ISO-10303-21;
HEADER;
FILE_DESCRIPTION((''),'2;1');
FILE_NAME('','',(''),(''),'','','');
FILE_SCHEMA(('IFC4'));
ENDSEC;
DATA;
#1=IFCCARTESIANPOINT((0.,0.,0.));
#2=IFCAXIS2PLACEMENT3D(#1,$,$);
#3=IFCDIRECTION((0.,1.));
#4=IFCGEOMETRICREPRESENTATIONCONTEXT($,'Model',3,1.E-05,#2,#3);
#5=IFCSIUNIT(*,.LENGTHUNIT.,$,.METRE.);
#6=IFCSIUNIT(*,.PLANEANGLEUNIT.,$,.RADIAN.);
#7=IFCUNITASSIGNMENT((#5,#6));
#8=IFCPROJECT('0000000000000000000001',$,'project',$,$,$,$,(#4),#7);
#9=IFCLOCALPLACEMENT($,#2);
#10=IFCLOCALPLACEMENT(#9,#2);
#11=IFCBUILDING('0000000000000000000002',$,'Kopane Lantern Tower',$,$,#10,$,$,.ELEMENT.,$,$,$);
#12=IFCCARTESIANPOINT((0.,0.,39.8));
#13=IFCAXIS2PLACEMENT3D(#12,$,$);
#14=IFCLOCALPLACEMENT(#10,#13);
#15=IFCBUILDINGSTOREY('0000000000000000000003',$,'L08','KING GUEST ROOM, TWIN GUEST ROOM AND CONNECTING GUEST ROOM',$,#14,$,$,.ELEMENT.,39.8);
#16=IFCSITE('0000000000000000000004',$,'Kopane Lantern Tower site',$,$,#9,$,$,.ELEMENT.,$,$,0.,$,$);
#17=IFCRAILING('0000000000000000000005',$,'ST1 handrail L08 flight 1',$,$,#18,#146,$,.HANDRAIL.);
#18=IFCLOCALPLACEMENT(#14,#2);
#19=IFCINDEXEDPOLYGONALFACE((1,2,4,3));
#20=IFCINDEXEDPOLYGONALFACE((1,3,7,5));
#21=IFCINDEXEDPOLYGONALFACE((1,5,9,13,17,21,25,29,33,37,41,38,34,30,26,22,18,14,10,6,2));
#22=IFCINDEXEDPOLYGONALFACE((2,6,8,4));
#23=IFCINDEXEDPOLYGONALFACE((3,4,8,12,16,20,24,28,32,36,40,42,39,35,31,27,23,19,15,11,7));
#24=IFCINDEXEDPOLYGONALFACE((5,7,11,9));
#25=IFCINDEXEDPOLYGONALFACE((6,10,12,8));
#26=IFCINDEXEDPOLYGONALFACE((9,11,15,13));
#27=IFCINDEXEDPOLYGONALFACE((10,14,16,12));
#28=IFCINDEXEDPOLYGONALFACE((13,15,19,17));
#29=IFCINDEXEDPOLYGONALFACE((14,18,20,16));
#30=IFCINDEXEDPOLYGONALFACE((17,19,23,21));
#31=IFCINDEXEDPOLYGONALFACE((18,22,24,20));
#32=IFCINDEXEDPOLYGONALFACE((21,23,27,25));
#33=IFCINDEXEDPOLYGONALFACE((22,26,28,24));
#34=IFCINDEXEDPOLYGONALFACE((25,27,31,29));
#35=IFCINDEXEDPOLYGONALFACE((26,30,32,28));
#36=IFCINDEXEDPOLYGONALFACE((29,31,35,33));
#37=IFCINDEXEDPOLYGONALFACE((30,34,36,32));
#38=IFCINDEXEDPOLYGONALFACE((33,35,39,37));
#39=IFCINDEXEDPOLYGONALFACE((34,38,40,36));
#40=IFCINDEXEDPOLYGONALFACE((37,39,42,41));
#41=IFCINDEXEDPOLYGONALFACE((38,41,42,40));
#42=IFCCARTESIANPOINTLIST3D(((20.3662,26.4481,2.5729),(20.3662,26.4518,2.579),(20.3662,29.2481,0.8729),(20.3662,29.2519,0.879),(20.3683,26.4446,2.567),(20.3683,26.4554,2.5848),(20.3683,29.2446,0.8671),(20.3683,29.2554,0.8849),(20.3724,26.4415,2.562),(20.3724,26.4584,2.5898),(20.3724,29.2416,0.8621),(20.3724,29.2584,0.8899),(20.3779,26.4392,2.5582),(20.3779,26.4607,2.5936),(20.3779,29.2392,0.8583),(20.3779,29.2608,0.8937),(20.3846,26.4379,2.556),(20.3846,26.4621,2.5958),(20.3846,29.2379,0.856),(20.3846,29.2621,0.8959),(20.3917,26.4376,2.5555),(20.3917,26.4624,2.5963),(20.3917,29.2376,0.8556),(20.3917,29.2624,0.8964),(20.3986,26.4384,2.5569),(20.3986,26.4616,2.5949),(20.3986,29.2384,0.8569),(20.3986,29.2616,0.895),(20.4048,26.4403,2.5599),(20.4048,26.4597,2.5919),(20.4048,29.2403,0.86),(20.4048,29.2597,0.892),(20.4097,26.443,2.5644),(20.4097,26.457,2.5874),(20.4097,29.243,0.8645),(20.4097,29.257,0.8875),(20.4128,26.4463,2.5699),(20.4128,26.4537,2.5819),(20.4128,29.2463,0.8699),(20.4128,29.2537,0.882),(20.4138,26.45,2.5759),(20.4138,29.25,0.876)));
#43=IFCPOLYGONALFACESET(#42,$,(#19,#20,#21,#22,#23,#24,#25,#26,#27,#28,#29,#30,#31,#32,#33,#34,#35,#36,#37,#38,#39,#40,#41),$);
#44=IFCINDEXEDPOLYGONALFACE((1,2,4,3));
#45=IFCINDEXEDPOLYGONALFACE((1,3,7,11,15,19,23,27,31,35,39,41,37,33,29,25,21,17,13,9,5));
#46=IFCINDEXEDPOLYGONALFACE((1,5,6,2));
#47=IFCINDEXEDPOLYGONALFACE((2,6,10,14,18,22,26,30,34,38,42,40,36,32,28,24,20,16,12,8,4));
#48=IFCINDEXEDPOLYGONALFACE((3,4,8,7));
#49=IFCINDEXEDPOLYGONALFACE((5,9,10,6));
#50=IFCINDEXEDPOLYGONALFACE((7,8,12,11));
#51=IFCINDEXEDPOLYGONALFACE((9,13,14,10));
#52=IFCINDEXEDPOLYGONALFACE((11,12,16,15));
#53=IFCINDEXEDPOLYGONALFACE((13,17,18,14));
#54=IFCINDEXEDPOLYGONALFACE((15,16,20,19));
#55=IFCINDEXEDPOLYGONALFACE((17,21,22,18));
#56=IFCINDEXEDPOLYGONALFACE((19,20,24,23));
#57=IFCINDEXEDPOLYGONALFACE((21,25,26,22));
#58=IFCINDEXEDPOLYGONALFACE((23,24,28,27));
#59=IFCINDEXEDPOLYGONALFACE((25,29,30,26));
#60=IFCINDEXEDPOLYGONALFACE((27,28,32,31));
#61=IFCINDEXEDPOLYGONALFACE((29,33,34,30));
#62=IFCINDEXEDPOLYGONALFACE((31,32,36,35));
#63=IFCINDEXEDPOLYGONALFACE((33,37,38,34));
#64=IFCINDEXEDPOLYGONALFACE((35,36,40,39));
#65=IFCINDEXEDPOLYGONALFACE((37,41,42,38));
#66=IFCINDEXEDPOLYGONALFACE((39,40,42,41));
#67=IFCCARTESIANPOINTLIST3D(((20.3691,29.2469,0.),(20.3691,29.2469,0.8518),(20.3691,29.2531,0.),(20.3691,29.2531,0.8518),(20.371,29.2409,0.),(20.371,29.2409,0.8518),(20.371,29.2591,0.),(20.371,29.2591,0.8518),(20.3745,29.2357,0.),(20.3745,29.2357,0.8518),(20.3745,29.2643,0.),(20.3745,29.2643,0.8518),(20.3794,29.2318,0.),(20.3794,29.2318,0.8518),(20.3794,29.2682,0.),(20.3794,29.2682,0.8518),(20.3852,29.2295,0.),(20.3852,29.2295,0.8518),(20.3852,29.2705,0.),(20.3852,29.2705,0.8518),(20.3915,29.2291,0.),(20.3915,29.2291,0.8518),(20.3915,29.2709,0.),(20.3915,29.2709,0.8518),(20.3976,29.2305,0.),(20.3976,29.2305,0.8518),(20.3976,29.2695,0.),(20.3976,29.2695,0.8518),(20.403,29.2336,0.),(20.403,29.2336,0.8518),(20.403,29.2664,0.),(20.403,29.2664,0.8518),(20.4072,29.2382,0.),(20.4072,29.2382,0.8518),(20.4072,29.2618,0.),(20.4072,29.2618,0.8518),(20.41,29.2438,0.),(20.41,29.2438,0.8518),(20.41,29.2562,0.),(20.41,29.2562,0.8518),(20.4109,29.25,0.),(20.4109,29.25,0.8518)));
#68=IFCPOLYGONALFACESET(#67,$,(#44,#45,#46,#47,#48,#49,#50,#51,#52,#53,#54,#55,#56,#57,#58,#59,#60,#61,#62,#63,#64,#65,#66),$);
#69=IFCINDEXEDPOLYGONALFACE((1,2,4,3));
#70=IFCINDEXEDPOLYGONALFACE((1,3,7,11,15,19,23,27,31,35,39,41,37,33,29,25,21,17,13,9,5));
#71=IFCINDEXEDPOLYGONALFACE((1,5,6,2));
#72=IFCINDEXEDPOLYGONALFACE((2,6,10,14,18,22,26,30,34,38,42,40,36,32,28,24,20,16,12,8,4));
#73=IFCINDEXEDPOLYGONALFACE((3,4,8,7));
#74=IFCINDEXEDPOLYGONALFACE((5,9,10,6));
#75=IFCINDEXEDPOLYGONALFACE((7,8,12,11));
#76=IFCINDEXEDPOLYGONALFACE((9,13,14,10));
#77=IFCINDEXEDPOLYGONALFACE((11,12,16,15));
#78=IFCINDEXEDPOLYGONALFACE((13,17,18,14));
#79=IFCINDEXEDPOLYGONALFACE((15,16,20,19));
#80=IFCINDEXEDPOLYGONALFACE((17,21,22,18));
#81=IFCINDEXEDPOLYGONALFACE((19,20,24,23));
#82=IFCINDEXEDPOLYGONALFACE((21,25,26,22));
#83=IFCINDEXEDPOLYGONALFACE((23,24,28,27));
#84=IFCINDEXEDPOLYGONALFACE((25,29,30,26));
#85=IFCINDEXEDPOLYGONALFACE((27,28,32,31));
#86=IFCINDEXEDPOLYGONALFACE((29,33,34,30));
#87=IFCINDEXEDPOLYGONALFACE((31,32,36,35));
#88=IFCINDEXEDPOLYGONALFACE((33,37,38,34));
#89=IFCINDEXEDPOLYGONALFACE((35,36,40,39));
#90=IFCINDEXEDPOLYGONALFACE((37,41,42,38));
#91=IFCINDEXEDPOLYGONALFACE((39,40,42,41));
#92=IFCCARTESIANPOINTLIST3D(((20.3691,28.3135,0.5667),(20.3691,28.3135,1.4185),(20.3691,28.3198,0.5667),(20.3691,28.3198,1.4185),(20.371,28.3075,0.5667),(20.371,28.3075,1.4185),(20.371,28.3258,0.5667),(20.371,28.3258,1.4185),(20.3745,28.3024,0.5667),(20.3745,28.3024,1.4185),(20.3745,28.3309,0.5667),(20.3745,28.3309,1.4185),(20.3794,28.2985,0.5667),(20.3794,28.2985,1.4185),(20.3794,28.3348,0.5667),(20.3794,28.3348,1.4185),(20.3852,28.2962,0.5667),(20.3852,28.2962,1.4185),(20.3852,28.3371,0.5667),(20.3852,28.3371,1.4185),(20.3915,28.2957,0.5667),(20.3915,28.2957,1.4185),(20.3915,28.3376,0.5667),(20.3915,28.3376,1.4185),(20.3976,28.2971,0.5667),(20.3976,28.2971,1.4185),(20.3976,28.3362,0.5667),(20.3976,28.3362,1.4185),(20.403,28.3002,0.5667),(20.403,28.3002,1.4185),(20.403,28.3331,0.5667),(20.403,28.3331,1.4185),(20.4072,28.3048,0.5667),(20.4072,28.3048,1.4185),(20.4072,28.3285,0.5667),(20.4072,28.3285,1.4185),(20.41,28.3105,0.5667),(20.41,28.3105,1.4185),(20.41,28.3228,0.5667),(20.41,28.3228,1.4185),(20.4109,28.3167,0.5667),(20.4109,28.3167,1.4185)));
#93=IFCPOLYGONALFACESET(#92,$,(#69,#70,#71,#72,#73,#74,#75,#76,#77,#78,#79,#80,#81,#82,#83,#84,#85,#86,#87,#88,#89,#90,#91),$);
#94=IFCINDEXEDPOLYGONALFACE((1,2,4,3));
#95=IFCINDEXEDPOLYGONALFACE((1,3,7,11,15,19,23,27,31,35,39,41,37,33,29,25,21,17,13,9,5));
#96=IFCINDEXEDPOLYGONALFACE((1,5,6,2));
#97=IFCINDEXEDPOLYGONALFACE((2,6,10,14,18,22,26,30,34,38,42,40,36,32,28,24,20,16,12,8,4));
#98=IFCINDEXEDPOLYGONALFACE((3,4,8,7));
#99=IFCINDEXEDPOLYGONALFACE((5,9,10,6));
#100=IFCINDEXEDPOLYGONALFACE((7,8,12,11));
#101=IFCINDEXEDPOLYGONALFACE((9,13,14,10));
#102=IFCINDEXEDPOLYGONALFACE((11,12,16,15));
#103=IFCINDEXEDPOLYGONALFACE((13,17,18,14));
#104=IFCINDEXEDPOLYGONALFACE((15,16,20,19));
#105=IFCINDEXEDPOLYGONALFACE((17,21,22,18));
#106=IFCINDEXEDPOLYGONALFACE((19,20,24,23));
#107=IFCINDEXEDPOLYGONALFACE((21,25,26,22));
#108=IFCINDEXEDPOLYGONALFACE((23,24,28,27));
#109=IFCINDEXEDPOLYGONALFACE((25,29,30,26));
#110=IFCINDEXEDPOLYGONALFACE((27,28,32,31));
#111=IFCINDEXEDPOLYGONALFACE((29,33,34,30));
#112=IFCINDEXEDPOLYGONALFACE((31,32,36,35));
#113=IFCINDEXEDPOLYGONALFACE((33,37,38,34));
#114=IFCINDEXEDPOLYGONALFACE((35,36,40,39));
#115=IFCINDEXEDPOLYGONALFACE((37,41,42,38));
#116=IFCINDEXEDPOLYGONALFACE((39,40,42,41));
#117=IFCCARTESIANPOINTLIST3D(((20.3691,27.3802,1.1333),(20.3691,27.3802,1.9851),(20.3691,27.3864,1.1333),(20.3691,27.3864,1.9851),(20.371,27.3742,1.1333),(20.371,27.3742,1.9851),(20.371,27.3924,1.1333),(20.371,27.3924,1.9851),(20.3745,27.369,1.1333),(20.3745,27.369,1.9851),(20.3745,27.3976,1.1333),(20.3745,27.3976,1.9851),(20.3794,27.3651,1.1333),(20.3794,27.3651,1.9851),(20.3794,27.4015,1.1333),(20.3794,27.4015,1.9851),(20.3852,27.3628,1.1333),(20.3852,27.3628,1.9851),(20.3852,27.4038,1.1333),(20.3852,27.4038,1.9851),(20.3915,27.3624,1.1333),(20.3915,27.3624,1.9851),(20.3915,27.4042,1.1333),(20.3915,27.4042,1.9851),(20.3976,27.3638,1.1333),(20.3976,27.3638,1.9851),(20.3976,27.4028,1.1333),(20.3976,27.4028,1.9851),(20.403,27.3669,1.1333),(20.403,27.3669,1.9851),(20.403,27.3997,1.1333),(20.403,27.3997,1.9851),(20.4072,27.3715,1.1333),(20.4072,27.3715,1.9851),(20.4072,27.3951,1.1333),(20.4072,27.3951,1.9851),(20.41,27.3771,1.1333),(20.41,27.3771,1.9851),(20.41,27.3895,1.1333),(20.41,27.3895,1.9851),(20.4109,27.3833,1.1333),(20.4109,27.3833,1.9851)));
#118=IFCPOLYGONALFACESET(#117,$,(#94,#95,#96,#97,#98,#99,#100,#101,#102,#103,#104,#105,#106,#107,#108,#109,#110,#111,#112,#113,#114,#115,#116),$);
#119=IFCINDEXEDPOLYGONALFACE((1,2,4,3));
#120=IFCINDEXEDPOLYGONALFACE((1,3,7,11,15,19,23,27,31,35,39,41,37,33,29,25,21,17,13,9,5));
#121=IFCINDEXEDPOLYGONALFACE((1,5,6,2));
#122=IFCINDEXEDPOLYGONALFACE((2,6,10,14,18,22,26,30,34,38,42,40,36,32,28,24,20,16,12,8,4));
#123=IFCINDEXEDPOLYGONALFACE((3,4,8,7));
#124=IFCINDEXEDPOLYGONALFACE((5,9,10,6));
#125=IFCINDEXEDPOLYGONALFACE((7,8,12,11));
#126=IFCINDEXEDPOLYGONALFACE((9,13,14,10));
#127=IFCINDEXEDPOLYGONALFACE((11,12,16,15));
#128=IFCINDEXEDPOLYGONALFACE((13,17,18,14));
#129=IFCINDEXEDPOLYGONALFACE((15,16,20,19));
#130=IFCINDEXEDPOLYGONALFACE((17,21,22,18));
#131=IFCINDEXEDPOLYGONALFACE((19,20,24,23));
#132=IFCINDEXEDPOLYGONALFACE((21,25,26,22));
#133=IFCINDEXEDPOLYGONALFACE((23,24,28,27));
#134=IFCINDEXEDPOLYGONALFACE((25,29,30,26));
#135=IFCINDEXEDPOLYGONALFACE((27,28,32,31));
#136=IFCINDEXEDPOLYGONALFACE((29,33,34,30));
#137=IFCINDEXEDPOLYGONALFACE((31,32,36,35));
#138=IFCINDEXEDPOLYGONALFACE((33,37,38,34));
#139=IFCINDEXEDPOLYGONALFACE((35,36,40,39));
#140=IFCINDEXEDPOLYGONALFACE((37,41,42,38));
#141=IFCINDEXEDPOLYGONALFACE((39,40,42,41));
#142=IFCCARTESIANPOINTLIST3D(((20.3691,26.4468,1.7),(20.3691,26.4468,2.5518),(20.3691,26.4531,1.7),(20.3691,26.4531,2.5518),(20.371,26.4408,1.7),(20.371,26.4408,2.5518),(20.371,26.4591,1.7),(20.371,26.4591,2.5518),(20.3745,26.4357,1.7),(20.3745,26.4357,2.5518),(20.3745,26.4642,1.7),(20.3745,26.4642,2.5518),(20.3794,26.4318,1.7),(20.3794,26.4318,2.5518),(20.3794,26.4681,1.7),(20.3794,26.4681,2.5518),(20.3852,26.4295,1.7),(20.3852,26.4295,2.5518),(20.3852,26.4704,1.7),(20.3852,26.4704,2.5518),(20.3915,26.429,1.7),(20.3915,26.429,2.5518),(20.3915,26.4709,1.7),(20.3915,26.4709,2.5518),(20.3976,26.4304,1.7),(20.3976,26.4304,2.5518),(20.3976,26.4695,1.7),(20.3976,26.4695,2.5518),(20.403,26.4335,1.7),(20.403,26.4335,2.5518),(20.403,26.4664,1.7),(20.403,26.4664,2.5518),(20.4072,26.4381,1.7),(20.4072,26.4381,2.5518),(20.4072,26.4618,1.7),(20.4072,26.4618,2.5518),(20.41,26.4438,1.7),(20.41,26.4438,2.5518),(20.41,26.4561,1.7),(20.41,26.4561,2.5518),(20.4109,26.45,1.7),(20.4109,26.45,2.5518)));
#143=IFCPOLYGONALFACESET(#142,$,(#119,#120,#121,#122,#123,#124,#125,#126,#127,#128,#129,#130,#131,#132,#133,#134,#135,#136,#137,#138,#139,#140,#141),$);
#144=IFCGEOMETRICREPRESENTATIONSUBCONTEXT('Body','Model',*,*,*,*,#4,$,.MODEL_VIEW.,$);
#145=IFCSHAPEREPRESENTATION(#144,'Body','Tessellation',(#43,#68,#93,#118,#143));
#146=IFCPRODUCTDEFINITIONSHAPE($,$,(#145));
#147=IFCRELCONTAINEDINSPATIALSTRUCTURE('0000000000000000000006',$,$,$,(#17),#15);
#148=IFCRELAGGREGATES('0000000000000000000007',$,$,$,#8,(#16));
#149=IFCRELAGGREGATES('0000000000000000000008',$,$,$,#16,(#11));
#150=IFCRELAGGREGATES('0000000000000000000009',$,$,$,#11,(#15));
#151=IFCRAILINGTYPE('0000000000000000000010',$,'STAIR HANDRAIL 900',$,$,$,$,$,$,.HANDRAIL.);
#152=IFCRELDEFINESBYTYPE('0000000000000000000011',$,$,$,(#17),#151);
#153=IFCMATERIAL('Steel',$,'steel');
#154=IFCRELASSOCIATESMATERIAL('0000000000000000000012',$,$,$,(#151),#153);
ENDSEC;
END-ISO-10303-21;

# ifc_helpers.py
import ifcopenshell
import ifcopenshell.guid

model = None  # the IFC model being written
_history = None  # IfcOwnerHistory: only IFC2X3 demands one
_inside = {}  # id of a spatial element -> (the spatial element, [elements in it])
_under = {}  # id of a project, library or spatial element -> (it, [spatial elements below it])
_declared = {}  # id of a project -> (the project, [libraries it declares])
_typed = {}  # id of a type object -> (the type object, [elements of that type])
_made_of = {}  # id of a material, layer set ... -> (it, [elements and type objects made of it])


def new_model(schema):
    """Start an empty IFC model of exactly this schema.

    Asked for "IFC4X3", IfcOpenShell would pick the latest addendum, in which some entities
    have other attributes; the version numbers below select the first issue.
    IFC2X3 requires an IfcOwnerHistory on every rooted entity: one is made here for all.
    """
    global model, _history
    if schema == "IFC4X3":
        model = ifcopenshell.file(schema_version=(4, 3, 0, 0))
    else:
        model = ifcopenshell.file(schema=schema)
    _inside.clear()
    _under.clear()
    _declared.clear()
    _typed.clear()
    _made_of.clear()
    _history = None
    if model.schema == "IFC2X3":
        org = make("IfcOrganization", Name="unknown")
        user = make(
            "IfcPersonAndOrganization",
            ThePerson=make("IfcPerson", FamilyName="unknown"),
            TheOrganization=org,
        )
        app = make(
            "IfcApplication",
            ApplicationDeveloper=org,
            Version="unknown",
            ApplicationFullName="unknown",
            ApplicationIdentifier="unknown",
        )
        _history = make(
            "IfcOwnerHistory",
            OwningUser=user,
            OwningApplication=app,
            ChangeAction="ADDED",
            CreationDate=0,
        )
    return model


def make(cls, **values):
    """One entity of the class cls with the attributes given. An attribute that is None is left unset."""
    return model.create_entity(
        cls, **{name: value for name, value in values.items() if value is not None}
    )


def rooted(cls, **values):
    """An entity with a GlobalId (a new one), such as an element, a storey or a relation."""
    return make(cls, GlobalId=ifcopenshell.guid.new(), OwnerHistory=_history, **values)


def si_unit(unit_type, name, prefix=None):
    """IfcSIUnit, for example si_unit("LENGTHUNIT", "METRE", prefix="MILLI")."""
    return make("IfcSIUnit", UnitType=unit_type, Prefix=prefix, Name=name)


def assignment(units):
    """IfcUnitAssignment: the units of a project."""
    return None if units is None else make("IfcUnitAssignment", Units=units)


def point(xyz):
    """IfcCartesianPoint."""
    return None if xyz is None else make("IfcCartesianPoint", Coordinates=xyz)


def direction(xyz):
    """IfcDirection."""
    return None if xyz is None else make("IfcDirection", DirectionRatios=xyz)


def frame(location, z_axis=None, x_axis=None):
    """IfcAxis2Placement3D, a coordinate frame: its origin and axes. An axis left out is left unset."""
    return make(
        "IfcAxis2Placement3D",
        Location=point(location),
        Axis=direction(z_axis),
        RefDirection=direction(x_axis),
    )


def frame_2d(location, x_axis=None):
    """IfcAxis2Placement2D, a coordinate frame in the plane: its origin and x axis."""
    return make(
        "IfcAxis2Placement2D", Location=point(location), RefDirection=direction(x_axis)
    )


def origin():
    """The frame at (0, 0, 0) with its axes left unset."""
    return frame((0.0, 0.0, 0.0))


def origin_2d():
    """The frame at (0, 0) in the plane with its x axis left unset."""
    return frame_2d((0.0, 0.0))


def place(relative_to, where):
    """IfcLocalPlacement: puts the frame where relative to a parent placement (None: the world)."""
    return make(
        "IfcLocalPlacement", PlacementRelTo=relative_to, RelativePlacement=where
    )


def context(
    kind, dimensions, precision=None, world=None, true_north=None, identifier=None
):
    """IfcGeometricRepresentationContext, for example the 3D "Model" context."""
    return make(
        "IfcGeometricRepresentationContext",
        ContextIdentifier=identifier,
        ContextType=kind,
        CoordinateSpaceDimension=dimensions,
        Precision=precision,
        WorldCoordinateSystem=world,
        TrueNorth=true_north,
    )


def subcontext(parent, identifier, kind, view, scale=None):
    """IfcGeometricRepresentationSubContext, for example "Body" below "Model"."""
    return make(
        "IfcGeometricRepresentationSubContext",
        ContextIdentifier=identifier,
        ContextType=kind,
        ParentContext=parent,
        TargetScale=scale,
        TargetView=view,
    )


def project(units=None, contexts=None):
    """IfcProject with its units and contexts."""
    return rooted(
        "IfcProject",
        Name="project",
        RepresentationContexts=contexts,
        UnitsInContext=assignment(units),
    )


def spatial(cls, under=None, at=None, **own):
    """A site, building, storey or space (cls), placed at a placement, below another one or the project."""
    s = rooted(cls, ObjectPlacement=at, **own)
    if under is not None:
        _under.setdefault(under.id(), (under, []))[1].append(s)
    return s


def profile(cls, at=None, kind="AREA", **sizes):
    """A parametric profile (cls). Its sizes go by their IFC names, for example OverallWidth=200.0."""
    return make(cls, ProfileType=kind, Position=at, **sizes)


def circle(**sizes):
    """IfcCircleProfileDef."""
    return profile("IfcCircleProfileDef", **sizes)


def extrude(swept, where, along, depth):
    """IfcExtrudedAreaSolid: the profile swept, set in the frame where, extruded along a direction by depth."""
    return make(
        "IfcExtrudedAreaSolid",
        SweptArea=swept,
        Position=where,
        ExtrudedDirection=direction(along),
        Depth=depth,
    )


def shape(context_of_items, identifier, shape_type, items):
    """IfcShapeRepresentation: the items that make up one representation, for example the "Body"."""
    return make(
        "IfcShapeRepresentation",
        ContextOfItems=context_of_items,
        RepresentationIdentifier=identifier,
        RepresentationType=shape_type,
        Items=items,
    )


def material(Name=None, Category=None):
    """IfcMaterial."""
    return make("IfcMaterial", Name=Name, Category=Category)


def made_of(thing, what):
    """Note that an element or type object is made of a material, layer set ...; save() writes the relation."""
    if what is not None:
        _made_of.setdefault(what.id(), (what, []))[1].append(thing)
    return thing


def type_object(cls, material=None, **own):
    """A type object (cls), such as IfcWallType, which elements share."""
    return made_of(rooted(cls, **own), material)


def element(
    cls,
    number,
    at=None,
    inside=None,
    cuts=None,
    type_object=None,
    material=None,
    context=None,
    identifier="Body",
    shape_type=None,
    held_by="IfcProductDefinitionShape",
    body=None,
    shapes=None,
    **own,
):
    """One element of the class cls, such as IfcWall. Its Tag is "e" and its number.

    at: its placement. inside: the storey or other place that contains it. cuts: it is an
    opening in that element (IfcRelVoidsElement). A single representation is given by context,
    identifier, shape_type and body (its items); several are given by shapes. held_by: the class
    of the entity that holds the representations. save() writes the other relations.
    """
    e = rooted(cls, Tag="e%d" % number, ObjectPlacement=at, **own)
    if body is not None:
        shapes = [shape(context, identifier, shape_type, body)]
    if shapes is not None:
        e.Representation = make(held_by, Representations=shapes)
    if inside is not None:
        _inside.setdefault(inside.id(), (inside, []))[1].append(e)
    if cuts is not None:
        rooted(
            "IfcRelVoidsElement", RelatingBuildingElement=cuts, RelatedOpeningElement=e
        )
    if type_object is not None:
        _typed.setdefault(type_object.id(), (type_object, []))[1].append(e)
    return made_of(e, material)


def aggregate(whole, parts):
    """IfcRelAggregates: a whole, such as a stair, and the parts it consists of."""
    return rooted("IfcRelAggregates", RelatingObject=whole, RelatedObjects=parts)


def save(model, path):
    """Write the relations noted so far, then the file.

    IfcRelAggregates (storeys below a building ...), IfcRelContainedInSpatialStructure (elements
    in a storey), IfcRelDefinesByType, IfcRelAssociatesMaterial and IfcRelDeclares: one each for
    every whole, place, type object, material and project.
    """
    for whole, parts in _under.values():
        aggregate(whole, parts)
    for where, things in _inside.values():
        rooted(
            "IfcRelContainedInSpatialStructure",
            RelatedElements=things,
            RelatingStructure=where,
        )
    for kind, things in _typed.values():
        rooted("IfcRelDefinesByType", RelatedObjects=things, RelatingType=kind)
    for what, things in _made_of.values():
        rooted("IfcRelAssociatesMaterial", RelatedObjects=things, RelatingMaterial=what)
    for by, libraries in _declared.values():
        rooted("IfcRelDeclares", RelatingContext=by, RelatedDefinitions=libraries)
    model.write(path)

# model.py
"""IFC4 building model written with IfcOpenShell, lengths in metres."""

from ifc_helpers import new_model, si_unit, direction, frame, origin, origin_2d, place, context, subcontext, project, spatial, circle, extrude, material, type_object, element, save


model = new_model("IFC4")

# Units and contexts
model_context = context("Model", 3, precision=1e-05, world=origin(), true_north=direction((0.0, 1.0)))
body_context = subcontext(model_context, "Body", "Model", "MODEL_VIEW")
ifc_project = project(units=[si_unit("LENGTHUNIT", "METRE"), si_unit("PLANEANGLEUNIT", "RADIAN")], contexts=[model_context])

# Site, building, storey
site_placement = place(None, origin())
site = spatial("IfcSite", under=ifc_project, at=site_placement, Name="Kopane Lantern Tower site", CompositionType="ELEMENT", RefElevation=0.0)
building_placement = place(site_placement, origin())
building = spatial("IfcBuilding", under=site, at=building_placement, Name="Kopane Lantern Tower", CompositionType="ELEMENT")
storey_placement = place(building_placement, frame((0.0, 0.0, 39.8)))
storey = spatial("IfcBuildingStorey", under=building, at=storey_placement, Name="L08", Description="KING GUEST ROOM, TWIN GUEST ROOM AND CONNECTING GUEST ROOM", CompositionType="ELEMENT", Elevation=39.8)

# Railing
ifc_material_1 = material(Name="Steel", Category="steel")
railing_type_1 = type_object("IfcRailingType", Name="STAIR HANDRAIL 900", PredefinedType="HANDRAIL", material=ifc_material_1)
for number, where, name in (
    (1, (20.3899, 29.25, 0.0), "ST1 handrail L08 flight 1"),
):
    element("IfcRailing", number, at=place(storey_placement, frame(where)), inside=storey, type_object=railing_type_1, Name=name, PredefinedType="HANDRAIL", context=body_context, shape_type="SweptSolid", body=[
        extrude(circle(Radius=0.0239, at=origin_2d()), frame((0.0, 0.0, 0.876), z_axis=(0.0, -0.854798, 0.518961), x_axis=(1.0, 0.0, 0.0)), (0.0, 0.0, 1.0), 3.2756),
        extrude(circle(Radius=0.021, at=origin_2d()), origin(), (0.0, 0.0, 1.0), 0.8518),
        extrude(circle(Radius=0.021, at=origin_2d()), frame((0.0, -0.9333, 0.5667)), (0.0, 0.0, 1.0), 0.8518),
        extrude(circle(Radius=0.021, at=origin_2d()), frame((0.0, -1.8667, 1.1333)), (0.0, 0.0, 1.0), 0.8518),
        extrude(circle(Radius=0.021, at=origin_2d()), frame((0.0, -2.8, 1.7)), (0.0, 0.0, 1.0), 0.8518),
    ])

save(model, "model.ifc")
